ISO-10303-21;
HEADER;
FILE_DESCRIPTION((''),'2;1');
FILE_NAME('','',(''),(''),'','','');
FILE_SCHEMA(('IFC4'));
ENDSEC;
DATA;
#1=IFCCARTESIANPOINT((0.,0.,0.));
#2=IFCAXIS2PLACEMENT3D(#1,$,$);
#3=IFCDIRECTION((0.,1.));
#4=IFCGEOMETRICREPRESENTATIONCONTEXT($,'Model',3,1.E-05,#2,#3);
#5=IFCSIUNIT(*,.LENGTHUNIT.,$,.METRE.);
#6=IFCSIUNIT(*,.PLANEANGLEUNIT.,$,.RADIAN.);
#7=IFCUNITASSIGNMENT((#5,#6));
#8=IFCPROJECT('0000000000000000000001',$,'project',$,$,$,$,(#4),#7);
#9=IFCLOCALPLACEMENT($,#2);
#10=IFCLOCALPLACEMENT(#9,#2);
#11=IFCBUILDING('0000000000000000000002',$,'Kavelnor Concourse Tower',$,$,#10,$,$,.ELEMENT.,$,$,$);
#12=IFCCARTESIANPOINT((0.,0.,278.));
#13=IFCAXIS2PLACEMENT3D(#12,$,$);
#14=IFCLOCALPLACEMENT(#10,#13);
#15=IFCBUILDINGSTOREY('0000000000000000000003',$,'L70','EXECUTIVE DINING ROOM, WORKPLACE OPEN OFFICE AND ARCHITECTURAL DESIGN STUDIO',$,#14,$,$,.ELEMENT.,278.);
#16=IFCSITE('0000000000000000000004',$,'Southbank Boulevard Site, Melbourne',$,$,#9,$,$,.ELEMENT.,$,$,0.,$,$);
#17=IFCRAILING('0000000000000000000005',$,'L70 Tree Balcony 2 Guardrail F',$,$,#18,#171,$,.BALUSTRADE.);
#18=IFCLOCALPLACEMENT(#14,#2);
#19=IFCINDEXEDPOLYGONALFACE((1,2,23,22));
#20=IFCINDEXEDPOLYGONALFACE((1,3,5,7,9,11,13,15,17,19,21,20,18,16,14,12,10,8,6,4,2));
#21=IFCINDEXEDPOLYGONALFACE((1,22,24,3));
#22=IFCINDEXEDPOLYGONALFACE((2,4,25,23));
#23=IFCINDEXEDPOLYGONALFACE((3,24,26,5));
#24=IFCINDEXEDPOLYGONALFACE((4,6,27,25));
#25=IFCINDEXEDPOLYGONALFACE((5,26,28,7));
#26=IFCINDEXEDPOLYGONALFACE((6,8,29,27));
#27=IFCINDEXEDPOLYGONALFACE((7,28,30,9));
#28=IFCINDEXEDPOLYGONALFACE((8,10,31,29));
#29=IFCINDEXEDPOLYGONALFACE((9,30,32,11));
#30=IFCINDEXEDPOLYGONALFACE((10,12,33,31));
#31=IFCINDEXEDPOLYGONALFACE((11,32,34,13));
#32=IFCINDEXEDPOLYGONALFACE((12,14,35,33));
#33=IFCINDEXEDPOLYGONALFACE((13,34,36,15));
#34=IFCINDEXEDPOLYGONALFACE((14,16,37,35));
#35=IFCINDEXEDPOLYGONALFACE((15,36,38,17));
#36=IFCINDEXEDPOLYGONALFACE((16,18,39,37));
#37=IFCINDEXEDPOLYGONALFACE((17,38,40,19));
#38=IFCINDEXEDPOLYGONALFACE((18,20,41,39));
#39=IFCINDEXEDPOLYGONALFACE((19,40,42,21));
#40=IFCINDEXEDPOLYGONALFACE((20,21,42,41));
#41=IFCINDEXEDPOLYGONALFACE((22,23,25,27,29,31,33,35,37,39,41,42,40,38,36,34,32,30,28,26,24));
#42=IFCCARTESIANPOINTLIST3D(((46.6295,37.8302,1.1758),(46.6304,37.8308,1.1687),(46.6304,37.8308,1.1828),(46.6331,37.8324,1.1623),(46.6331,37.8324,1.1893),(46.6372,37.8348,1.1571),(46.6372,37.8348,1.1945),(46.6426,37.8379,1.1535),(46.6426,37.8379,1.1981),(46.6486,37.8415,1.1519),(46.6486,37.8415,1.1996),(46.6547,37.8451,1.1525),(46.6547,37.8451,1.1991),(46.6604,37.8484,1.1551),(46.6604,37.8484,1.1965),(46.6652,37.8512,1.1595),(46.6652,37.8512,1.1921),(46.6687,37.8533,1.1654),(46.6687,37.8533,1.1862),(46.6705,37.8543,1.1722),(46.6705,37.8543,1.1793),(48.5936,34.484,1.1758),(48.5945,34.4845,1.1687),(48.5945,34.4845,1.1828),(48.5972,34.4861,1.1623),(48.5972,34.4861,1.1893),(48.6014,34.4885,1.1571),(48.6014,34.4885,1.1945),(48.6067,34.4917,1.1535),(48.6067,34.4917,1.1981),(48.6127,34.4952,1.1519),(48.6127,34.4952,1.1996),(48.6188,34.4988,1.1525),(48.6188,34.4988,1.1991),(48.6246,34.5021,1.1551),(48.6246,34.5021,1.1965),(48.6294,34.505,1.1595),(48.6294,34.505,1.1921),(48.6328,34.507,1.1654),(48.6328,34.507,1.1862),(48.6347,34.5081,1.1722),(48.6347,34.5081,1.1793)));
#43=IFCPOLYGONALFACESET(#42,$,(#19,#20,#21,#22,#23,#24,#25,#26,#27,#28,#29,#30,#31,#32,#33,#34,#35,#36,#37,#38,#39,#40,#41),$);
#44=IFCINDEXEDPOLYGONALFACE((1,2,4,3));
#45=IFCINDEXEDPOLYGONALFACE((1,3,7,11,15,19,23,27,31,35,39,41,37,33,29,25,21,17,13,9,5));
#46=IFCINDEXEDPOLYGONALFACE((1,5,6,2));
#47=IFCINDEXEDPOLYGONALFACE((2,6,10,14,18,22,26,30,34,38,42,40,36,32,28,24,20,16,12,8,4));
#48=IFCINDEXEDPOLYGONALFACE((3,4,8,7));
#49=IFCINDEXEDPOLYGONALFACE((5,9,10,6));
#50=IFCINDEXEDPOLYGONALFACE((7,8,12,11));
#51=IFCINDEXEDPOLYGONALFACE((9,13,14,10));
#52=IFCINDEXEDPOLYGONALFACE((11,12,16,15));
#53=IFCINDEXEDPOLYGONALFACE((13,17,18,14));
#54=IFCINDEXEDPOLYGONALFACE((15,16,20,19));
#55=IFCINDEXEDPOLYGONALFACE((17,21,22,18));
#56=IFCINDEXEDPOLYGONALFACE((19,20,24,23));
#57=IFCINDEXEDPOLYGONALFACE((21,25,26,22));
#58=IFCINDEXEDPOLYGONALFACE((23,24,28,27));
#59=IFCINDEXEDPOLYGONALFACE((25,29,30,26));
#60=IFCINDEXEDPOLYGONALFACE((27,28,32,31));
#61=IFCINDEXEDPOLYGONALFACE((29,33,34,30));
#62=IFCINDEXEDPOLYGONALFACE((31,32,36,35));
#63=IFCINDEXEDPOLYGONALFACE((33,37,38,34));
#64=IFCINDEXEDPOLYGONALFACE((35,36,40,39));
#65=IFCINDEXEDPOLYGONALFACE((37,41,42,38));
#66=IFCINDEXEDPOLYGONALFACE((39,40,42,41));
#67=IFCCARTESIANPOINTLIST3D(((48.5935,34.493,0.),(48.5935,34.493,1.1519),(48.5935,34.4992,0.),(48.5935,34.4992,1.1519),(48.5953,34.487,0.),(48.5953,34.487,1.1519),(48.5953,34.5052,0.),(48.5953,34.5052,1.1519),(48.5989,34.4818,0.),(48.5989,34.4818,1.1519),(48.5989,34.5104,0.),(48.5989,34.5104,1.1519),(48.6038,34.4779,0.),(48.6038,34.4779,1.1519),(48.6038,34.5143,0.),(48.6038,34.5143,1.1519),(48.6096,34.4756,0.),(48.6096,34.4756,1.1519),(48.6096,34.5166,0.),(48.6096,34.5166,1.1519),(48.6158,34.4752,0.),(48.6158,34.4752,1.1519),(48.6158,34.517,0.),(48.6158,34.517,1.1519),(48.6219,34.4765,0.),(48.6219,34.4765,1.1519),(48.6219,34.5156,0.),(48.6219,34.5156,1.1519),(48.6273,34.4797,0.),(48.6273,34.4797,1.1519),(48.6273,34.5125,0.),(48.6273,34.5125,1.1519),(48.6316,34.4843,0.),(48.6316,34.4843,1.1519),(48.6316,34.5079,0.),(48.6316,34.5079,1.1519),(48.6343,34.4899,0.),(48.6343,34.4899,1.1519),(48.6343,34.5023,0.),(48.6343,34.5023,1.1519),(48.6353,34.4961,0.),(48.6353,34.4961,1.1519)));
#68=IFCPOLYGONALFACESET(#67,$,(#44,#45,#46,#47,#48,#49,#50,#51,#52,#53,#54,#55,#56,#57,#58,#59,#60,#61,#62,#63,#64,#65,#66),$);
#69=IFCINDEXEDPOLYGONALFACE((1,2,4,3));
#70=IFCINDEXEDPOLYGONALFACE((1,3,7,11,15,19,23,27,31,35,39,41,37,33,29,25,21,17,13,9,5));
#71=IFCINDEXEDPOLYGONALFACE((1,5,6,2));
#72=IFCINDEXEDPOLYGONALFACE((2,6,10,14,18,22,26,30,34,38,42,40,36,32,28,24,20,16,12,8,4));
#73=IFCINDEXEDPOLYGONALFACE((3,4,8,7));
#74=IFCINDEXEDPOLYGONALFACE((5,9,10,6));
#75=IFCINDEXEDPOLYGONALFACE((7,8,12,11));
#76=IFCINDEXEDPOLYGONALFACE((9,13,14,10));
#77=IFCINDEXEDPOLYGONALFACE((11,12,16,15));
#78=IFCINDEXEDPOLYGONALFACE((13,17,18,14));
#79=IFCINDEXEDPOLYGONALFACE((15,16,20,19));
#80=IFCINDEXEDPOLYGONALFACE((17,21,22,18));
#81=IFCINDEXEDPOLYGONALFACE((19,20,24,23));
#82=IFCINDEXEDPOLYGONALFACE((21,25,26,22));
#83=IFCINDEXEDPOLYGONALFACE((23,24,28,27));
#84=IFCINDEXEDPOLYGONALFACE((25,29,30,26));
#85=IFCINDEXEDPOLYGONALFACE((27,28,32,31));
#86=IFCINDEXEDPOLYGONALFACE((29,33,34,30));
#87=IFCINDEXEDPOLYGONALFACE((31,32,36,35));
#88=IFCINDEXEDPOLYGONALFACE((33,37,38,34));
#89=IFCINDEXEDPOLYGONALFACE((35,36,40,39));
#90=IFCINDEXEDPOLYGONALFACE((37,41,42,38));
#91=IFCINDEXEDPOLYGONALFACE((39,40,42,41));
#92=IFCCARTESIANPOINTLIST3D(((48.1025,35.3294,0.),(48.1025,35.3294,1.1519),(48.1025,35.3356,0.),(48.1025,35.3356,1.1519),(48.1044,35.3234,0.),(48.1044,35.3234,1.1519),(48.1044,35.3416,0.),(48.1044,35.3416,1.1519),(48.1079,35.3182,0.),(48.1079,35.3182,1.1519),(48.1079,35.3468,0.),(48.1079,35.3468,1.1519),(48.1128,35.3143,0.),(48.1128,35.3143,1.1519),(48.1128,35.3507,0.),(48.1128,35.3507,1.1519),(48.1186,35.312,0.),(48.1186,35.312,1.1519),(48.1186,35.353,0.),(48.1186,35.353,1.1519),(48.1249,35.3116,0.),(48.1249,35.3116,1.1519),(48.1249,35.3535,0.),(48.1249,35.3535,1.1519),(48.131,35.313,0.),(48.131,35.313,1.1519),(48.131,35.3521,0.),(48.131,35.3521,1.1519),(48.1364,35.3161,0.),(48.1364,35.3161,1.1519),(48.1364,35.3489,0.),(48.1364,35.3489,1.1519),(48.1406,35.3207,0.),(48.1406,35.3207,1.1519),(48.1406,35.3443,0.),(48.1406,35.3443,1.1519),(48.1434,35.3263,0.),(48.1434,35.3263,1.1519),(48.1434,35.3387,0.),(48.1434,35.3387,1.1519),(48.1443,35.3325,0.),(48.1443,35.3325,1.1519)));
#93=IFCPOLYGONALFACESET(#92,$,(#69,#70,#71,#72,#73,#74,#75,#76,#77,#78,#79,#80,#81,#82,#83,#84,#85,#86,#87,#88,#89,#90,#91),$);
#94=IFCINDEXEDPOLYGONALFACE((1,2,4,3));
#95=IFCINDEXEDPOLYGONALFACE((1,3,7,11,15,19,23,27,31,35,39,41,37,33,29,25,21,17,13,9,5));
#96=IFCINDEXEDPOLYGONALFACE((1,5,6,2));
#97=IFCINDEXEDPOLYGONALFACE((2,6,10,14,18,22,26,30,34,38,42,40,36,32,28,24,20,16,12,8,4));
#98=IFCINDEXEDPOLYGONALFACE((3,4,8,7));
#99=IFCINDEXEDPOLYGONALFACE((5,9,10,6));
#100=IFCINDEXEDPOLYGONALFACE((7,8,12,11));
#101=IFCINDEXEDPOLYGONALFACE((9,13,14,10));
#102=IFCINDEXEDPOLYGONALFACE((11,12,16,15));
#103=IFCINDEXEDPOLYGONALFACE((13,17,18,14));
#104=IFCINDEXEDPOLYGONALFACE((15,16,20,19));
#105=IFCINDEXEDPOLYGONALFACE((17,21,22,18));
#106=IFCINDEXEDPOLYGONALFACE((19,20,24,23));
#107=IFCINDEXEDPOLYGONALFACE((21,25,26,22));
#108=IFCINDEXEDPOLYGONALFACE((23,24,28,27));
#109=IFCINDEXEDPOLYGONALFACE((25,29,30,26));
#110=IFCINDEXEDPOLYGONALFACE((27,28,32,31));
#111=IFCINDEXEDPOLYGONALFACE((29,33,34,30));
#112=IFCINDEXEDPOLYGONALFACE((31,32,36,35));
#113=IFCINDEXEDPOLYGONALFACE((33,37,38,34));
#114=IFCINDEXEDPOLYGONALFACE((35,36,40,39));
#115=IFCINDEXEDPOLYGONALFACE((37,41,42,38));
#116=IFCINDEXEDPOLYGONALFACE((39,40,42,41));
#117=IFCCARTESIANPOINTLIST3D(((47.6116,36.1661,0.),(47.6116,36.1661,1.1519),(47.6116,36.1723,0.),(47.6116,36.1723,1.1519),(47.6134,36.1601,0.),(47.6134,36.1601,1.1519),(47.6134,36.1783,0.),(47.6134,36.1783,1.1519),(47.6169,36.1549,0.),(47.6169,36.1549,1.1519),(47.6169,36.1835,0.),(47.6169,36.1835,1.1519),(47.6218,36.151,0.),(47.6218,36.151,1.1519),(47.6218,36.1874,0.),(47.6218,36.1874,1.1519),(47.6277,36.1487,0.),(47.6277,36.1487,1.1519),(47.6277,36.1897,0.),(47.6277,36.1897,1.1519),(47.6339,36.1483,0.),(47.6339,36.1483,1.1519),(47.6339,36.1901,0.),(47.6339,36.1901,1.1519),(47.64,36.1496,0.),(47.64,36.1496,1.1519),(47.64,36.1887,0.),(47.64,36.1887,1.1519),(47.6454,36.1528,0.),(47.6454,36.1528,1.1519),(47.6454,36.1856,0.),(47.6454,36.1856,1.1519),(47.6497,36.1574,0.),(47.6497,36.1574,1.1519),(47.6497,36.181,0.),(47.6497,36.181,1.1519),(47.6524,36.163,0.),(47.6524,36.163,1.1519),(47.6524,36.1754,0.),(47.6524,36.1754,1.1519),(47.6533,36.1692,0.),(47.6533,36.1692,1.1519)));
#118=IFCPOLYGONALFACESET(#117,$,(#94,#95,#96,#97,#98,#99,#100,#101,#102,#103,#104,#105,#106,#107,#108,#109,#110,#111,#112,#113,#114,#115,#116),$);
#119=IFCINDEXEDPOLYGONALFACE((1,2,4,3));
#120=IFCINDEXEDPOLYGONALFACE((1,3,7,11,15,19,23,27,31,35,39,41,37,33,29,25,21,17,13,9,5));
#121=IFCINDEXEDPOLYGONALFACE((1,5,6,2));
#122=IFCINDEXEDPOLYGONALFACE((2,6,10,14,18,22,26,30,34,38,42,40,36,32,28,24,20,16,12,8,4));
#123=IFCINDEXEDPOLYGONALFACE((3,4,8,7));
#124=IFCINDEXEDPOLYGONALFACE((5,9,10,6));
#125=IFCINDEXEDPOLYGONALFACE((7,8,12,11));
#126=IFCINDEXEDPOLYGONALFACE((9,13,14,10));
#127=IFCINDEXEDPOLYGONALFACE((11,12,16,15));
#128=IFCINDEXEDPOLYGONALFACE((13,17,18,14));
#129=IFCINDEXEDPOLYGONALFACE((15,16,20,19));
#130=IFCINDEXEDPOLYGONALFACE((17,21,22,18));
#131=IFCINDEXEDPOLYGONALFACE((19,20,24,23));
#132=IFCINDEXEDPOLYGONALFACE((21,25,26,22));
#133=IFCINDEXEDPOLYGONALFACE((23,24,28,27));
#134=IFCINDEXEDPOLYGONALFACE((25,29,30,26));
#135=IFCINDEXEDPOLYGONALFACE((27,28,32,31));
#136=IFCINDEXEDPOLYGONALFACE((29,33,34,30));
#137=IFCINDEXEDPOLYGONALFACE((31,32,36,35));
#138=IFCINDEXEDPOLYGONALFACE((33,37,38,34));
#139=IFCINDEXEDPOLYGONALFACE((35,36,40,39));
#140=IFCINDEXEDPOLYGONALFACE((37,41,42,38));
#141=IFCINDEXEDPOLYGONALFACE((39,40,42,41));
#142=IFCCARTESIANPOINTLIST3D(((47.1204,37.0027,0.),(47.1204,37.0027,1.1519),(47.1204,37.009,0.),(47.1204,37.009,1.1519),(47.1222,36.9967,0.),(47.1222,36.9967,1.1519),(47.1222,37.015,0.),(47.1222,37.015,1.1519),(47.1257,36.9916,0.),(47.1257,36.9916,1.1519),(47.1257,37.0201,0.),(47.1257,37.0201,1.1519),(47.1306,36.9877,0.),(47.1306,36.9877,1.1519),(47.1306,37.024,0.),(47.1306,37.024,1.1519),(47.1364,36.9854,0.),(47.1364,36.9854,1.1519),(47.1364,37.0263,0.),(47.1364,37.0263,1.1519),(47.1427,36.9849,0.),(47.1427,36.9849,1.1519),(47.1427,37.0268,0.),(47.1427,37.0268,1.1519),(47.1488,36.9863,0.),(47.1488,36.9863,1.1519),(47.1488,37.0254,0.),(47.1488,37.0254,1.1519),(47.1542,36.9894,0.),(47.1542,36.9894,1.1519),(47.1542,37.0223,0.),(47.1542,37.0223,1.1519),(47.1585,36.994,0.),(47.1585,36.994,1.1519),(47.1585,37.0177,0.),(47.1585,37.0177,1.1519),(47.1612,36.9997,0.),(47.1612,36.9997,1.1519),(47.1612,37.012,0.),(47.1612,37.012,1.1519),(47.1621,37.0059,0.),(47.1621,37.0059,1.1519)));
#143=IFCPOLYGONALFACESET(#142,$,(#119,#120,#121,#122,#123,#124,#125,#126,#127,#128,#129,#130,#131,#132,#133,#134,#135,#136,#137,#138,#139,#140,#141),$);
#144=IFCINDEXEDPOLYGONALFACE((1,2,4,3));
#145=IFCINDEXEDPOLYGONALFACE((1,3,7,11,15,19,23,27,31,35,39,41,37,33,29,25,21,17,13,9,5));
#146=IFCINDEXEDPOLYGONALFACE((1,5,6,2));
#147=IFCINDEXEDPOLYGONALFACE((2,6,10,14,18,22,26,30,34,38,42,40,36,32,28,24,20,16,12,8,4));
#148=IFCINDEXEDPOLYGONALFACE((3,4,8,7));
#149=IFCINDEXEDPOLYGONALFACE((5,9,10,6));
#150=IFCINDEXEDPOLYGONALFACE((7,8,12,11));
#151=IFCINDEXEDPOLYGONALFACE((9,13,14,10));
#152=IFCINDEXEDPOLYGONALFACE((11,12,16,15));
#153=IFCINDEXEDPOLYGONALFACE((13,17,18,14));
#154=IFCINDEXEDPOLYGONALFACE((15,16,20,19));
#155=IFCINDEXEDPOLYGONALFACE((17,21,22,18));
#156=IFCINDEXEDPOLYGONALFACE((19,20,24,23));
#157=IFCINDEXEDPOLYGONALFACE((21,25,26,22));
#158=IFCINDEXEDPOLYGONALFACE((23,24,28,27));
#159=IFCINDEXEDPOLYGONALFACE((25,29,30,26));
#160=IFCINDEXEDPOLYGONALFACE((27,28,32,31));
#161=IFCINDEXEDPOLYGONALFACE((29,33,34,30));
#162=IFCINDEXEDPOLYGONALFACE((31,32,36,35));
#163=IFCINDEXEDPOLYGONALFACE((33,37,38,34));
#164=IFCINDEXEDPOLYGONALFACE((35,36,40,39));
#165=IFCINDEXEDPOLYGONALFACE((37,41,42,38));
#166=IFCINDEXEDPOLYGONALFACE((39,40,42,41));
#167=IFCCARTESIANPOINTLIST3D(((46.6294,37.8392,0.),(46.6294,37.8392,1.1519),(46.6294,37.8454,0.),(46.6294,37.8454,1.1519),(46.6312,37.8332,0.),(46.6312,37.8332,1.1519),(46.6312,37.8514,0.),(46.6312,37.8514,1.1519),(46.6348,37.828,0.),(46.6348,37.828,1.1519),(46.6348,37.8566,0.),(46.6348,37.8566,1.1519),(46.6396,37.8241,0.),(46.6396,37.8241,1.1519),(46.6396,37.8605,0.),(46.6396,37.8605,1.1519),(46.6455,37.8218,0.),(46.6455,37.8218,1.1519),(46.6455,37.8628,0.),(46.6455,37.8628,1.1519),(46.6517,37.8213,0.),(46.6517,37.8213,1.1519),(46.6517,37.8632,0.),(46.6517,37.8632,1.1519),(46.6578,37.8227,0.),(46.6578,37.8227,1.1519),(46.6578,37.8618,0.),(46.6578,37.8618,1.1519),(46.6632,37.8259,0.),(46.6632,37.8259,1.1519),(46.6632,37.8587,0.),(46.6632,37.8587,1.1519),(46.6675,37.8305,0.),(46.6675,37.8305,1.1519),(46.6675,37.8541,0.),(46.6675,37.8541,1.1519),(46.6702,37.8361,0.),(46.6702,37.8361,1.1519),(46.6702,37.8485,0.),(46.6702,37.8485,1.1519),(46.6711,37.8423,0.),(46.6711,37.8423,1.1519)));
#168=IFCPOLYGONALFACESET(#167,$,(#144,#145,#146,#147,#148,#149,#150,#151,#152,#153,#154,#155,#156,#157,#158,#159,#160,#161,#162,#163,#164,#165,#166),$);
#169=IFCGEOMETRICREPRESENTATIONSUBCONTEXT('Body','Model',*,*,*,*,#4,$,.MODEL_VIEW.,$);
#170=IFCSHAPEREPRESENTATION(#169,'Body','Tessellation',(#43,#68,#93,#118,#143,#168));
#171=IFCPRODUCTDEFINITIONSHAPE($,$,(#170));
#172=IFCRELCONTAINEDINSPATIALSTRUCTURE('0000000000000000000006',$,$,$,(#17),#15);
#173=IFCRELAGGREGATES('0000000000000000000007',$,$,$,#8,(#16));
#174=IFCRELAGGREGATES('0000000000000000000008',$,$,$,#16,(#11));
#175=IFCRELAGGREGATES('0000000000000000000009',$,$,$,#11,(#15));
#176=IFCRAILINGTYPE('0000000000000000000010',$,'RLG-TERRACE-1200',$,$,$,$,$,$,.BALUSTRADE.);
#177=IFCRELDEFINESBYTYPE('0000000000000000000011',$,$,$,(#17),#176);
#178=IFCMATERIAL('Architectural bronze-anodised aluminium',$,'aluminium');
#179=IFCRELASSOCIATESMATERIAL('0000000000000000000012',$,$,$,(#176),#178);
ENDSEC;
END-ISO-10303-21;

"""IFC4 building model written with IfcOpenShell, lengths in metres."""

from ifc_helpers import new_model, si_unit, direction, frame, origin, origin_2d, place, context, subcontext, project, spatial, circle, extrude, material, type_object, element, save


model = new_model("IFC4")

# Units and contexts
model_context = context("Model", 3, precision=1e-05, world=origin(), true_north=direction((0.0, 1.0)))
body_context = subcontext(model_context, "Body", "Model", "MODEL_VIEW")
ifc_project = project(units=[si_unit("LENGTHUNIT", "METRE"), si_unit("PLANEANGLEUNIT", "RADIAN")], contexts=[model_context])

# Site, building, storey
site_placement = place(None, origin())
site = spatial("IfcSite", under=ifc_project, at=site_placement, Name="Southbank Boulevard Site, Melbourne", CompositionType="ELEMENT", RefElevation=0.0)
building_placement = place(site_placement, origin())
building = spatial("IfcBuilding", under=site, at=building_placement, Name="Kavelnor Concourse Tower", CompositionType="ELEMENT")
storey_placement = place(building_placement, frame((0.0, 0.0, 278.0)))
storey = spatial("IfcBuildingStorey", under=building, at=storey_placement, Name="L70", Description="EXECUTIVE DINING ROOM, WORKPLACE OPEN OFFICE AND ARCHITECTURAL DESIGN STUDIO", CompositionType="ELEMENT", Elevation=278.0)

# Railing
ifc_material_1 = material(Name="Architectural bronze-anodised aluminium", Category="aluminium")
railing_type = type_object("IfcRailingType", Name="RLG-TERRACE-1200", PredefinedType="BALUSTRADE", material=ifc_material_1)
railing_1_placement = place(storey_placement, frame((48.6143, 34.4961, 0.0)))
element("IfcRailing", 1, at=railing_1_placement, inside=storey, type_object=railing_type, Name="L70 Tree Balcony 2 Guardrail F", PredefinedType="BALUSTRADE", context=body_context, shape_type="SweptSolid", body=[
    extrude(circle(Radius=0.0239, at=origin_2d()), frame((0.0, 0.0, 1.1758), z_axis=(-0.506209, 0.862411, 0.0), x_axis=(-0.862411, -0.506209, 0.0)), (0.0, 0.0, 1.0), 3.8801),
    extrude(circle(Radius=0.021, at=origin_2d()), origin(), (0.0, 0.0, 1.0), 1.1519),
    extrude(circle(Radius=0.021, at=origin_2d()), frame((-0.491, 0.8364, 0.0)), (0.0, 0.0, 1.0), 1.1519),
    extrude(circle(Radius=0.021, at=origin_2d()), frame((-0.9819, 1.6731, 0.0)), (0.0, 0.0, 1.0), 1.1519),
    extrude(circle(Radius=0.021, at=origin_2d()), frame((-1.4731, 2.5098, 0.0)), (0.0, 0.0, 1.0), 1.1519),
    extrude(circle(Radius=0.021, at=origin_2d()), frame((-1.9641, 3.3462, 0.0)), (0.0, 0.0, 1.0), 1.1519),
])

save(model, "model.ifc")
